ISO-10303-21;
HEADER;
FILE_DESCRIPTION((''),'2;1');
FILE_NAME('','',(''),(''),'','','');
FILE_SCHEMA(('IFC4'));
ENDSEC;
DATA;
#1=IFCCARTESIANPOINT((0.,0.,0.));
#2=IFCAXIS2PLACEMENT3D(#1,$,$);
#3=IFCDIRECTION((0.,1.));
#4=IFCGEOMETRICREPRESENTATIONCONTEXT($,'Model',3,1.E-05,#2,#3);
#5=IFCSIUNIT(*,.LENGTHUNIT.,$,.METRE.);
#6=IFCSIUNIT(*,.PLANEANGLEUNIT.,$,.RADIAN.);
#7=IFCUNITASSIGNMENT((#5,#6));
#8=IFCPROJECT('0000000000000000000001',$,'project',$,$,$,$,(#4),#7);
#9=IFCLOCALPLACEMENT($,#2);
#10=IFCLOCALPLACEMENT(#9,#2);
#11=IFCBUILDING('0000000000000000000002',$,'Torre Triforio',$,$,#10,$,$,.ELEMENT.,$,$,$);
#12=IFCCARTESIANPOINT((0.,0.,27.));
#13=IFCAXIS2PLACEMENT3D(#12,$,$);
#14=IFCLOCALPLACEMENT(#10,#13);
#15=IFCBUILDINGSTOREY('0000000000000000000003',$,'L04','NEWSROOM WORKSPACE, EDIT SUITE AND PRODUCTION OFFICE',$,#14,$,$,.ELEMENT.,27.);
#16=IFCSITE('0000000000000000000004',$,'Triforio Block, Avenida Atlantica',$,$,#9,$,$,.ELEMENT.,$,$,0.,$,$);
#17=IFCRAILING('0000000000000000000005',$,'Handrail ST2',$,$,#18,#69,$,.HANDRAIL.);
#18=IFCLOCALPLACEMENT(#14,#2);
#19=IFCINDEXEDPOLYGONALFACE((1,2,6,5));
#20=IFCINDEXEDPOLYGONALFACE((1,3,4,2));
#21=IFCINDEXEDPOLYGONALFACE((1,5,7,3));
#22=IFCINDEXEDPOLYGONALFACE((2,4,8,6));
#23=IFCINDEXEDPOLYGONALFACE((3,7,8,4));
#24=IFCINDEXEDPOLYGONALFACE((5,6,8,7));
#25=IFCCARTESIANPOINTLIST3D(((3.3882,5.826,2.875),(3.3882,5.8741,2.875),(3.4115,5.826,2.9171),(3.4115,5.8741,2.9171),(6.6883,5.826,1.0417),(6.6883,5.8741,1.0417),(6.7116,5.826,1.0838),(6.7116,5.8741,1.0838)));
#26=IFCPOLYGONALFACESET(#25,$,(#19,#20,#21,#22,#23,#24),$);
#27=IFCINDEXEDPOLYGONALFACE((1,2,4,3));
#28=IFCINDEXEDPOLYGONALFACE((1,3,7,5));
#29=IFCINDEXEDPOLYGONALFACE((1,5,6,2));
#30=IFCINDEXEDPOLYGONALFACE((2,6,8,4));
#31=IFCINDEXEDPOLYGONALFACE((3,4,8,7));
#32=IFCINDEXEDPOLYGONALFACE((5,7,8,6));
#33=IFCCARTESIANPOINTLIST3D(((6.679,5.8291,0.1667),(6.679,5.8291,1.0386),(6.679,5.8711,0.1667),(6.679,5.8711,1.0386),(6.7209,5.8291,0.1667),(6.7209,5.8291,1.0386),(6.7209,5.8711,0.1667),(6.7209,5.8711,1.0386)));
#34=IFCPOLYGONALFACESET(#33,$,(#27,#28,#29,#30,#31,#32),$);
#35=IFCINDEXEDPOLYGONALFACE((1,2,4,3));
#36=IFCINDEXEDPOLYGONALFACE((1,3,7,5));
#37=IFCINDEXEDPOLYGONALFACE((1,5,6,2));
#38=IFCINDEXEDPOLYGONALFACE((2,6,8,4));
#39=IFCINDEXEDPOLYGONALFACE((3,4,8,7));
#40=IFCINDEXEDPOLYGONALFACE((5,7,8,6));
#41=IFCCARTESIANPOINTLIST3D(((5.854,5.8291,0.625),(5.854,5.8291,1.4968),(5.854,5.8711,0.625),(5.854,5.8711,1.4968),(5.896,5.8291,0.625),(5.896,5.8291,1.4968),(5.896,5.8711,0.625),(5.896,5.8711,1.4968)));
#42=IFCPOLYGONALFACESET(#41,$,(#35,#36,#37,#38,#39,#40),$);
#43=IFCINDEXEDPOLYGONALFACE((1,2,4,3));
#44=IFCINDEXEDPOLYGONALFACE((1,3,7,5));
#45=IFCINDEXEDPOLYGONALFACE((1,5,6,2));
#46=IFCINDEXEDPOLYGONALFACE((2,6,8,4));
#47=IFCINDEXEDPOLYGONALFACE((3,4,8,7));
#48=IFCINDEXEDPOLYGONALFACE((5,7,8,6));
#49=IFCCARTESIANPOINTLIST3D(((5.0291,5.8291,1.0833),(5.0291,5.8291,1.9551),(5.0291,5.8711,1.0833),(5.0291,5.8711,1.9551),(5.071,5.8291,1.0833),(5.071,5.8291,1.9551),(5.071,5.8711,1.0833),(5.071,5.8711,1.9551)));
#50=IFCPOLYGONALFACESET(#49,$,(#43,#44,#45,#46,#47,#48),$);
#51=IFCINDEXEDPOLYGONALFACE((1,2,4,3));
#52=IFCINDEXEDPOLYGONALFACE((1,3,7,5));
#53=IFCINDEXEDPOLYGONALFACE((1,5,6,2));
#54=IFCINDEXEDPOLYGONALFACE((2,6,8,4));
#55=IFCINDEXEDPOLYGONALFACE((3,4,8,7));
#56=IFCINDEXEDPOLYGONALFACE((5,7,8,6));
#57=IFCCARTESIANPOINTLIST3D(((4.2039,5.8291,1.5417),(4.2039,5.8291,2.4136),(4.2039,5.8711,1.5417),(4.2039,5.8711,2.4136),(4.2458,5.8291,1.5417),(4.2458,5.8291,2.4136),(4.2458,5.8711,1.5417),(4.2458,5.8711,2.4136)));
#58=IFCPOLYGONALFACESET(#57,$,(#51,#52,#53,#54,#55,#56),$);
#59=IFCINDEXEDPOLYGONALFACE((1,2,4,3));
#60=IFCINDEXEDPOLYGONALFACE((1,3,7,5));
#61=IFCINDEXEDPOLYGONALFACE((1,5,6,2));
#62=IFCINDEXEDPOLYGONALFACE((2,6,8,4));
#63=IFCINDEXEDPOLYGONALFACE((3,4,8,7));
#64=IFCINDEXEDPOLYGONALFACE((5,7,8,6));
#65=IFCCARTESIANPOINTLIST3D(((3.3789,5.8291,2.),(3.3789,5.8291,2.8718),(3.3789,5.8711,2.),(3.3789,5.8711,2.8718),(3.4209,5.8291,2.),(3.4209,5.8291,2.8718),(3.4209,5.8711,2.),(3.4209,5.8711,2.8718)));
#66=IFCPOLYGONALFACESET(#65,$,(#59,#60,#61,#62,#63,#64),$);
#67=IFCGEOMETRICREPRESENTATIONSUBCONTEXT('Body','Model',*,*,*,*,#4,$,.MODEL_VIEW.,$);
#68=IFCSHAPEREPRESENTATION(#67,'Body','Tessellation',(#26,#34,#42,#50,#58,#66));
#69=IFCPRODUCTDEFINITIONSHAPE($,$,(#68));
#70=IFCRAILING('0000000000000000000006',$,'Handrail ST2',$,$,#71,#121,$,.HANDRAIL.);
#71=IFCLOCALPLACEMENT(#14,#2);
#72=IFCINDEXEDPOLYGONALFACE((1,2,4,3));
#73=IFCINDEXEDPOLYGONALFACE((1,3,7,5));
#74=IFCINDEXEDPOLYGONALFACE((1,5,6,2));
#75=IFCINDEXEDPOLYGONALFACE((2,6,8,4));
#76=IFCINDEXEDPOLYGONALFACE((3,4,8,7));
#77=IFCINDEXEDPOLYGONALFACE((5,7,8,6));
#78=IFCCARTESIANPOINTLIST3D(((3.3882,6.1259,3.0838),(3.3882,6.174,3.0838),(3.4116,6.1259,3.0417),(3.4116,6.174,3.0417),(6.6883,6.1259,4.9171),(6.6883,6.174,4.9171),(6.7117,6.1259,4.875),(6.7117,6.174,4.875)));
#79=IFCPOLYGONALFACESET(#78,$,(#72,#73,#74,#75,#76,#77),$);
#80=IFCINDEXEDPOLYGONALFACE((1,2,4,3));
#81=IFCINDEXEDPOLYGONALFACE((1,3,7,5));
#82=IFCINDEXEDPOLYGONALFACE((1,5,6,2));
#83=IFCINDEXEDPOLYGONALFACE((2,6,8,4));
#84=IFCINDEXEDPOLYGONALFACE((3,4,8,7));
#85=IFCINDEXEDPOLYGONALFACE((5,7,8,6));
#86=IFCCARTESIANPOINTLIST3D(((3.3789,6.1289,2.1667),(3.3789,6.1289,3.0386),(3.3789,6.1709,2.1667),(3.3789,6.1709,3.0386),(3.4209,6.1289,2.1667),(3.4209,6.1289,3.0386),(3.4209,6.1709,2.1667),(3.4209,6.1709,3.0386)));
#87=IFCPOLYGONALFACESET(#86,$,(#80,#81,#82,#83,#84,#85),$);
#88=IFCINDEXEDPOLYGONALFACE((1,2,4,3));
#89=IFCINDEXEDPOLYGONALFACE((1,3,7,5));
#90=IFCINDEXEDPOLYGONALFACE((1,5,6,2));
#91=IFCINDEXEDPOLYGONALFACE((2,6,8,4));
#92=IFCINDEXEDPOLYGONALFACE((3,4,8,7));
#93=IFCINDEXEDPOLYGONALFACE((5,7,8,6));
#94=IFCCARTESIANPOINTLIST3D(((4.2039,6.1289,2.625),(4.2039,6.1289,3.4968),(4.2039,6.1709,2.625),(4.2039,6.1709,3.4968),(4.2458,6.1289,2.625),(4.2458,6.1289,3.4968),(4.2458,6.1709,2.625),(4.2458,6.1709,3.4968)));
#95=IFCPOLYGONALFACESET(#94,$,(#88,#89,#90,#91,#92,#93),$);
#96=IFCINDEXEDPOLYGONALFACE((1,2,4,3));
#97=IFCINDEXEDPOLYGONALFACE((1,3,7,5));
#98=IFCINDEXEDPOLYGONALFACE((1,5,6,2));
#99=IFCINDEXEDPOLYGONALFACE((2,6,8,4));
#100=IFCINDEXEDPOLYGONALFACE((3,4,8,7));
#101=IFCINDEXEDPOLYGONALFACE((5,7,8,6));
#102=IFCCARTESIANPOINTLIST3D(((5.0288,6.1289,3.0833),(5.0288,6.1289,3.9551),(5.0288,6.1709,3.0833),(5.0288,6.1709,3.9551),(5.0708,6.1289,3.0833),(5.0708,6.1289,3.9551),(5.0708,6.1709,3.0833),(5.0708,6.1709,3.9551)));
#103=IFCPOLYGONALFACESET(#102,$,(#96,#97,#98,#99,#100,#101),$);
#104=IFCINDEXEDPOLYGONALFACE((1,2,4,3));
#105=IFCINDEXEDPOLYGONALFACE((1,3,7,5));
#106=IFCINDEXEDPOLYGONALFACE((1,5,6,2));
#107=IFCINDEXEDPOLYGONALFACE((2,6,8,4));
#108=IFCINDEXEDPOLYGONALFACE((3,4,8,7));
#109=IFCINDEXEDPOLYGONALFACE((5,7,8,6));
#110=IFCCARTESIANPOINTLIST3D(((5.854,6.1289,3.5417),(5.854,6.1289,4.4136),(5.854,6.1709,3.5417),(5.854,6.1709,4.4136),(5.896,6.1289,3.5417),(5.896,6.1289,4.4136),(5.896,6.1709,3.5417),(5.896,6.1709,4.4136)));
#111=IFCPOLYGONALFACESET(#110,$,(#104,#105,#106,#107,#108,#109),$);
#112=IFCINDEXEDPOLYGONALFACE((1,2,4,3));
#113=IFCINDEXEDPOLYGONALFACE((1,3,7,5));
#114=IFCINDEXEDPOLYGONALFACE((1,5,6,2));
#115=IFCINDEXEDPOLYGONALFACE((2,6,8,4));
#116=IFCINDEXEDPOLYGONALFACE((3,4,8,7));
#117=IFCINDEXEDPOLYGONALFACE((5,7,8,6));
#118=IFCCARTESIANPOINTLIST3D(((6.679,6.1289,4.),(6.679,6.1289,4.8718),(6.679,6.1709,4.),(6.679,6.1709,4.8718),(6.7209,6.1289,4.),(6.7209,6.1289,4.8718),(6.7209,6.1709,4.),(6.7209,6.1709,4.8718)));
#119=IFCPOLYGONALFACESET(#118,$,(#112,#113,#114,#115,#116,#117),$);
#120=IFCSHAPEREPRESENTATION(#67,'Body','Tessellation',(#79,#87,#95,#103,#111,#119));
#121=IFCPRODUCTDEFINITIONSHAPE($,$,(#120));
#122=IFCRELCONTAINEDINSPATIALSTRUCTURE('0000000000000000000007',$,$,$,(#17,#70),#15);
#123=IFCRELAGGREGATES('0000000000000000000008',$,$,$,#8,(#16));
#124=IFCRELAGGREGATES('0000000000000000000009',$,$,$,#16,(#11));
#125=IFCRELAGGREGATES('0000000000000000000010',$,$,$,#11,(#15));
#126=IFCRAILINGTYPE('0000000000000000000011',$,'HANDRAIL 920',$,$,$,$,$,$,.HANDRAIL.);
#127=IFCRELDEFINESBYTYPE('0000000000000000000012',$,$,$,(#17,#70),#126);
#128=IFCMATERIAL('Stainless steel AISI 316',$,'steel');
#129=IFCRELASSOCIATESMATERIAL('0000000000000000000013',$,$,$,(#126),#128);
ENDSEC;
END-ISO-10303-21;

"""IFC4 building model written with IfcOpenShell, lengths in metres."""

from ifc_helpers import new_model, si_unit, direction, frame, origin, origin_2d, place, context, subcontext, project, spatial, rectangle, extrude, material, type_object, element, save


model = new_model("IFC4")

# Units and contexts
model_context = context("Model", 3, precision=1e-05, world=origin(), true_north=direction((0.0, 1.0)))
body_context = subcontext(model_context, "Body", "Model", "MODEL_VIEW")
ifc_project = project(units=[si_unit("LENGTHUNIT", "METRE"), si_unit("PLANEANGLEUNIT", "RADIAN")], contexts=[model_context])

# Site, building, storey
site_placement = place(None, origin())
site = spatial("IfcSite", under=ifc_project, at=site_placement, Name="Triforio Block, Avenida Atlantica", CompositionType="ELEMENT", RefElevation=0.0)
building_placement = place(site_placement, origin())
building = spatial("IfcBuilding", under=site, at=building_placement, Name="Torre Triforio", CompositionType="ELEMENT")
storey_placement = place(building_placement, frame((0.0, 0.0, 27.0)))
storey = spatial("IfcBuildingStorey", under=building, at=storey_placement, Name="L04", Description="NEWSROOM WORKSPACE, EDIT SUITE AND PRODUCTION OFFICE", CompositionType="ELEMENT", Elevation=27.0)

# Railings
ifc_material_1 = material(Name="Stainless steel AISI 316", Category="steel")
railing_type = type_object("IfcRailingType", Name="HANDRAIL 920", PredefinedType="HANDRAIL", material=ifc_material_1)
for number, where, name in (
    (1, (6.7, 5.8501, 0.1667), "Handrail ST2"),
):
    element("IfcRailing", number, at=place(storey_placement, frame(where)), inside=storey, type_object=railing_type, Name=name, PredefinedType="HANDRAIL", context=body_context, shape_type="SweptSolid", body=[
        extrude(rectangle(XDim=0.0481, YDim=0.0481, at=origin_2d()), frame((0.0, 0.0, 0.896), z_axis=(-0.874169, 0.0, 0.485621), x_axis=(0.0, -1.0, 0.0)), (0.0, 0.0, 1.0), 3.7751),
        extrude(rectangle(XDim=0.042, YDim=0.042, at=origin_2d()), origin(), (0.0, 0.0, 1.0), 0.8718),
        extrude(rectangle(XDim=0.042, YDim=0.042, at=origin_2d()), frame((-0.825, 0.0, 0.4583)), (0.0, 0.0, 1.0), 0.8718),
        extrude(rectangle(XDim=0.042, YDim=0.042, at=origin_2d()), frame((-1.6499, 0.0, 0.9165)), (0.0, 0.0, 1.0), 0.8718),
        extrude(rectangle(XDim=0.042, YDim=0.042, at=origin_2d()), frame((-2.4751, 0.0, 1.375)), (0.0, 0.0, 1.0), 0.8718),
        extrude(rectangle(XDim=0.042, YDim=0.042, at=origin_2d()), frame((-3.3, 0.0, 1.8333)), (0.0, 0.0, 1.0), 0.8718),
    ])
railing_placement = place(storey_placement, frame((3.3999, 6.1499, 2.1667)))
element("IfcRailing", 2, at=railing_placement, inside=storey, type_object=railing_type, Name="Handrail ST2", PredefinedType="HANDRAIL", context=body_context, shape_type="SweptSolid", body=[
    extrude(rectangle(XDim=0.0481, YDim=0.0481, at=origin_2d()), frame((0.0, 0.0, 0.896), z_axis=(0.874169, 0.0, 0.485621), x_axis=(0.0, 1.0, 0.0)), (0.0, 0.0, 1.0), 3.7751),
    extrude(rectangle(XDim=0.042, YDim=0.042, at=origin_2d()), origin(), (0.0, 0.0, 1.0), 0.8718),
    extrude(rectangle(XDim=0.042, YDim=0.042, at=origin_2d()), frame((0.825, 0.0, 0.4583)), (0.0, 0.0, 1.0), 0.8718),
    extrude(rectangle(XDim=0.042, YDim=0.042, at=origin_2d()), frame((1.6499, 0.0, 0.9165)), (0.0, 0.0, 1.0), 0.8718),
    extrude(rectangle(XDim=0.042, YDim=0.042, at=origin_2d()), frame((2.4751, 0.0, 1.375)), (0.0, 0.0, 1.0), 0.8718),
    extrude(rectangle(XDim=0.042, YDim=0.042, at=origin_2d()), frame((3.3, 0.0, 1.8333)), (0.0, 0.0, 1.0), 0.8718),
])

save(model, "model.ifc")
